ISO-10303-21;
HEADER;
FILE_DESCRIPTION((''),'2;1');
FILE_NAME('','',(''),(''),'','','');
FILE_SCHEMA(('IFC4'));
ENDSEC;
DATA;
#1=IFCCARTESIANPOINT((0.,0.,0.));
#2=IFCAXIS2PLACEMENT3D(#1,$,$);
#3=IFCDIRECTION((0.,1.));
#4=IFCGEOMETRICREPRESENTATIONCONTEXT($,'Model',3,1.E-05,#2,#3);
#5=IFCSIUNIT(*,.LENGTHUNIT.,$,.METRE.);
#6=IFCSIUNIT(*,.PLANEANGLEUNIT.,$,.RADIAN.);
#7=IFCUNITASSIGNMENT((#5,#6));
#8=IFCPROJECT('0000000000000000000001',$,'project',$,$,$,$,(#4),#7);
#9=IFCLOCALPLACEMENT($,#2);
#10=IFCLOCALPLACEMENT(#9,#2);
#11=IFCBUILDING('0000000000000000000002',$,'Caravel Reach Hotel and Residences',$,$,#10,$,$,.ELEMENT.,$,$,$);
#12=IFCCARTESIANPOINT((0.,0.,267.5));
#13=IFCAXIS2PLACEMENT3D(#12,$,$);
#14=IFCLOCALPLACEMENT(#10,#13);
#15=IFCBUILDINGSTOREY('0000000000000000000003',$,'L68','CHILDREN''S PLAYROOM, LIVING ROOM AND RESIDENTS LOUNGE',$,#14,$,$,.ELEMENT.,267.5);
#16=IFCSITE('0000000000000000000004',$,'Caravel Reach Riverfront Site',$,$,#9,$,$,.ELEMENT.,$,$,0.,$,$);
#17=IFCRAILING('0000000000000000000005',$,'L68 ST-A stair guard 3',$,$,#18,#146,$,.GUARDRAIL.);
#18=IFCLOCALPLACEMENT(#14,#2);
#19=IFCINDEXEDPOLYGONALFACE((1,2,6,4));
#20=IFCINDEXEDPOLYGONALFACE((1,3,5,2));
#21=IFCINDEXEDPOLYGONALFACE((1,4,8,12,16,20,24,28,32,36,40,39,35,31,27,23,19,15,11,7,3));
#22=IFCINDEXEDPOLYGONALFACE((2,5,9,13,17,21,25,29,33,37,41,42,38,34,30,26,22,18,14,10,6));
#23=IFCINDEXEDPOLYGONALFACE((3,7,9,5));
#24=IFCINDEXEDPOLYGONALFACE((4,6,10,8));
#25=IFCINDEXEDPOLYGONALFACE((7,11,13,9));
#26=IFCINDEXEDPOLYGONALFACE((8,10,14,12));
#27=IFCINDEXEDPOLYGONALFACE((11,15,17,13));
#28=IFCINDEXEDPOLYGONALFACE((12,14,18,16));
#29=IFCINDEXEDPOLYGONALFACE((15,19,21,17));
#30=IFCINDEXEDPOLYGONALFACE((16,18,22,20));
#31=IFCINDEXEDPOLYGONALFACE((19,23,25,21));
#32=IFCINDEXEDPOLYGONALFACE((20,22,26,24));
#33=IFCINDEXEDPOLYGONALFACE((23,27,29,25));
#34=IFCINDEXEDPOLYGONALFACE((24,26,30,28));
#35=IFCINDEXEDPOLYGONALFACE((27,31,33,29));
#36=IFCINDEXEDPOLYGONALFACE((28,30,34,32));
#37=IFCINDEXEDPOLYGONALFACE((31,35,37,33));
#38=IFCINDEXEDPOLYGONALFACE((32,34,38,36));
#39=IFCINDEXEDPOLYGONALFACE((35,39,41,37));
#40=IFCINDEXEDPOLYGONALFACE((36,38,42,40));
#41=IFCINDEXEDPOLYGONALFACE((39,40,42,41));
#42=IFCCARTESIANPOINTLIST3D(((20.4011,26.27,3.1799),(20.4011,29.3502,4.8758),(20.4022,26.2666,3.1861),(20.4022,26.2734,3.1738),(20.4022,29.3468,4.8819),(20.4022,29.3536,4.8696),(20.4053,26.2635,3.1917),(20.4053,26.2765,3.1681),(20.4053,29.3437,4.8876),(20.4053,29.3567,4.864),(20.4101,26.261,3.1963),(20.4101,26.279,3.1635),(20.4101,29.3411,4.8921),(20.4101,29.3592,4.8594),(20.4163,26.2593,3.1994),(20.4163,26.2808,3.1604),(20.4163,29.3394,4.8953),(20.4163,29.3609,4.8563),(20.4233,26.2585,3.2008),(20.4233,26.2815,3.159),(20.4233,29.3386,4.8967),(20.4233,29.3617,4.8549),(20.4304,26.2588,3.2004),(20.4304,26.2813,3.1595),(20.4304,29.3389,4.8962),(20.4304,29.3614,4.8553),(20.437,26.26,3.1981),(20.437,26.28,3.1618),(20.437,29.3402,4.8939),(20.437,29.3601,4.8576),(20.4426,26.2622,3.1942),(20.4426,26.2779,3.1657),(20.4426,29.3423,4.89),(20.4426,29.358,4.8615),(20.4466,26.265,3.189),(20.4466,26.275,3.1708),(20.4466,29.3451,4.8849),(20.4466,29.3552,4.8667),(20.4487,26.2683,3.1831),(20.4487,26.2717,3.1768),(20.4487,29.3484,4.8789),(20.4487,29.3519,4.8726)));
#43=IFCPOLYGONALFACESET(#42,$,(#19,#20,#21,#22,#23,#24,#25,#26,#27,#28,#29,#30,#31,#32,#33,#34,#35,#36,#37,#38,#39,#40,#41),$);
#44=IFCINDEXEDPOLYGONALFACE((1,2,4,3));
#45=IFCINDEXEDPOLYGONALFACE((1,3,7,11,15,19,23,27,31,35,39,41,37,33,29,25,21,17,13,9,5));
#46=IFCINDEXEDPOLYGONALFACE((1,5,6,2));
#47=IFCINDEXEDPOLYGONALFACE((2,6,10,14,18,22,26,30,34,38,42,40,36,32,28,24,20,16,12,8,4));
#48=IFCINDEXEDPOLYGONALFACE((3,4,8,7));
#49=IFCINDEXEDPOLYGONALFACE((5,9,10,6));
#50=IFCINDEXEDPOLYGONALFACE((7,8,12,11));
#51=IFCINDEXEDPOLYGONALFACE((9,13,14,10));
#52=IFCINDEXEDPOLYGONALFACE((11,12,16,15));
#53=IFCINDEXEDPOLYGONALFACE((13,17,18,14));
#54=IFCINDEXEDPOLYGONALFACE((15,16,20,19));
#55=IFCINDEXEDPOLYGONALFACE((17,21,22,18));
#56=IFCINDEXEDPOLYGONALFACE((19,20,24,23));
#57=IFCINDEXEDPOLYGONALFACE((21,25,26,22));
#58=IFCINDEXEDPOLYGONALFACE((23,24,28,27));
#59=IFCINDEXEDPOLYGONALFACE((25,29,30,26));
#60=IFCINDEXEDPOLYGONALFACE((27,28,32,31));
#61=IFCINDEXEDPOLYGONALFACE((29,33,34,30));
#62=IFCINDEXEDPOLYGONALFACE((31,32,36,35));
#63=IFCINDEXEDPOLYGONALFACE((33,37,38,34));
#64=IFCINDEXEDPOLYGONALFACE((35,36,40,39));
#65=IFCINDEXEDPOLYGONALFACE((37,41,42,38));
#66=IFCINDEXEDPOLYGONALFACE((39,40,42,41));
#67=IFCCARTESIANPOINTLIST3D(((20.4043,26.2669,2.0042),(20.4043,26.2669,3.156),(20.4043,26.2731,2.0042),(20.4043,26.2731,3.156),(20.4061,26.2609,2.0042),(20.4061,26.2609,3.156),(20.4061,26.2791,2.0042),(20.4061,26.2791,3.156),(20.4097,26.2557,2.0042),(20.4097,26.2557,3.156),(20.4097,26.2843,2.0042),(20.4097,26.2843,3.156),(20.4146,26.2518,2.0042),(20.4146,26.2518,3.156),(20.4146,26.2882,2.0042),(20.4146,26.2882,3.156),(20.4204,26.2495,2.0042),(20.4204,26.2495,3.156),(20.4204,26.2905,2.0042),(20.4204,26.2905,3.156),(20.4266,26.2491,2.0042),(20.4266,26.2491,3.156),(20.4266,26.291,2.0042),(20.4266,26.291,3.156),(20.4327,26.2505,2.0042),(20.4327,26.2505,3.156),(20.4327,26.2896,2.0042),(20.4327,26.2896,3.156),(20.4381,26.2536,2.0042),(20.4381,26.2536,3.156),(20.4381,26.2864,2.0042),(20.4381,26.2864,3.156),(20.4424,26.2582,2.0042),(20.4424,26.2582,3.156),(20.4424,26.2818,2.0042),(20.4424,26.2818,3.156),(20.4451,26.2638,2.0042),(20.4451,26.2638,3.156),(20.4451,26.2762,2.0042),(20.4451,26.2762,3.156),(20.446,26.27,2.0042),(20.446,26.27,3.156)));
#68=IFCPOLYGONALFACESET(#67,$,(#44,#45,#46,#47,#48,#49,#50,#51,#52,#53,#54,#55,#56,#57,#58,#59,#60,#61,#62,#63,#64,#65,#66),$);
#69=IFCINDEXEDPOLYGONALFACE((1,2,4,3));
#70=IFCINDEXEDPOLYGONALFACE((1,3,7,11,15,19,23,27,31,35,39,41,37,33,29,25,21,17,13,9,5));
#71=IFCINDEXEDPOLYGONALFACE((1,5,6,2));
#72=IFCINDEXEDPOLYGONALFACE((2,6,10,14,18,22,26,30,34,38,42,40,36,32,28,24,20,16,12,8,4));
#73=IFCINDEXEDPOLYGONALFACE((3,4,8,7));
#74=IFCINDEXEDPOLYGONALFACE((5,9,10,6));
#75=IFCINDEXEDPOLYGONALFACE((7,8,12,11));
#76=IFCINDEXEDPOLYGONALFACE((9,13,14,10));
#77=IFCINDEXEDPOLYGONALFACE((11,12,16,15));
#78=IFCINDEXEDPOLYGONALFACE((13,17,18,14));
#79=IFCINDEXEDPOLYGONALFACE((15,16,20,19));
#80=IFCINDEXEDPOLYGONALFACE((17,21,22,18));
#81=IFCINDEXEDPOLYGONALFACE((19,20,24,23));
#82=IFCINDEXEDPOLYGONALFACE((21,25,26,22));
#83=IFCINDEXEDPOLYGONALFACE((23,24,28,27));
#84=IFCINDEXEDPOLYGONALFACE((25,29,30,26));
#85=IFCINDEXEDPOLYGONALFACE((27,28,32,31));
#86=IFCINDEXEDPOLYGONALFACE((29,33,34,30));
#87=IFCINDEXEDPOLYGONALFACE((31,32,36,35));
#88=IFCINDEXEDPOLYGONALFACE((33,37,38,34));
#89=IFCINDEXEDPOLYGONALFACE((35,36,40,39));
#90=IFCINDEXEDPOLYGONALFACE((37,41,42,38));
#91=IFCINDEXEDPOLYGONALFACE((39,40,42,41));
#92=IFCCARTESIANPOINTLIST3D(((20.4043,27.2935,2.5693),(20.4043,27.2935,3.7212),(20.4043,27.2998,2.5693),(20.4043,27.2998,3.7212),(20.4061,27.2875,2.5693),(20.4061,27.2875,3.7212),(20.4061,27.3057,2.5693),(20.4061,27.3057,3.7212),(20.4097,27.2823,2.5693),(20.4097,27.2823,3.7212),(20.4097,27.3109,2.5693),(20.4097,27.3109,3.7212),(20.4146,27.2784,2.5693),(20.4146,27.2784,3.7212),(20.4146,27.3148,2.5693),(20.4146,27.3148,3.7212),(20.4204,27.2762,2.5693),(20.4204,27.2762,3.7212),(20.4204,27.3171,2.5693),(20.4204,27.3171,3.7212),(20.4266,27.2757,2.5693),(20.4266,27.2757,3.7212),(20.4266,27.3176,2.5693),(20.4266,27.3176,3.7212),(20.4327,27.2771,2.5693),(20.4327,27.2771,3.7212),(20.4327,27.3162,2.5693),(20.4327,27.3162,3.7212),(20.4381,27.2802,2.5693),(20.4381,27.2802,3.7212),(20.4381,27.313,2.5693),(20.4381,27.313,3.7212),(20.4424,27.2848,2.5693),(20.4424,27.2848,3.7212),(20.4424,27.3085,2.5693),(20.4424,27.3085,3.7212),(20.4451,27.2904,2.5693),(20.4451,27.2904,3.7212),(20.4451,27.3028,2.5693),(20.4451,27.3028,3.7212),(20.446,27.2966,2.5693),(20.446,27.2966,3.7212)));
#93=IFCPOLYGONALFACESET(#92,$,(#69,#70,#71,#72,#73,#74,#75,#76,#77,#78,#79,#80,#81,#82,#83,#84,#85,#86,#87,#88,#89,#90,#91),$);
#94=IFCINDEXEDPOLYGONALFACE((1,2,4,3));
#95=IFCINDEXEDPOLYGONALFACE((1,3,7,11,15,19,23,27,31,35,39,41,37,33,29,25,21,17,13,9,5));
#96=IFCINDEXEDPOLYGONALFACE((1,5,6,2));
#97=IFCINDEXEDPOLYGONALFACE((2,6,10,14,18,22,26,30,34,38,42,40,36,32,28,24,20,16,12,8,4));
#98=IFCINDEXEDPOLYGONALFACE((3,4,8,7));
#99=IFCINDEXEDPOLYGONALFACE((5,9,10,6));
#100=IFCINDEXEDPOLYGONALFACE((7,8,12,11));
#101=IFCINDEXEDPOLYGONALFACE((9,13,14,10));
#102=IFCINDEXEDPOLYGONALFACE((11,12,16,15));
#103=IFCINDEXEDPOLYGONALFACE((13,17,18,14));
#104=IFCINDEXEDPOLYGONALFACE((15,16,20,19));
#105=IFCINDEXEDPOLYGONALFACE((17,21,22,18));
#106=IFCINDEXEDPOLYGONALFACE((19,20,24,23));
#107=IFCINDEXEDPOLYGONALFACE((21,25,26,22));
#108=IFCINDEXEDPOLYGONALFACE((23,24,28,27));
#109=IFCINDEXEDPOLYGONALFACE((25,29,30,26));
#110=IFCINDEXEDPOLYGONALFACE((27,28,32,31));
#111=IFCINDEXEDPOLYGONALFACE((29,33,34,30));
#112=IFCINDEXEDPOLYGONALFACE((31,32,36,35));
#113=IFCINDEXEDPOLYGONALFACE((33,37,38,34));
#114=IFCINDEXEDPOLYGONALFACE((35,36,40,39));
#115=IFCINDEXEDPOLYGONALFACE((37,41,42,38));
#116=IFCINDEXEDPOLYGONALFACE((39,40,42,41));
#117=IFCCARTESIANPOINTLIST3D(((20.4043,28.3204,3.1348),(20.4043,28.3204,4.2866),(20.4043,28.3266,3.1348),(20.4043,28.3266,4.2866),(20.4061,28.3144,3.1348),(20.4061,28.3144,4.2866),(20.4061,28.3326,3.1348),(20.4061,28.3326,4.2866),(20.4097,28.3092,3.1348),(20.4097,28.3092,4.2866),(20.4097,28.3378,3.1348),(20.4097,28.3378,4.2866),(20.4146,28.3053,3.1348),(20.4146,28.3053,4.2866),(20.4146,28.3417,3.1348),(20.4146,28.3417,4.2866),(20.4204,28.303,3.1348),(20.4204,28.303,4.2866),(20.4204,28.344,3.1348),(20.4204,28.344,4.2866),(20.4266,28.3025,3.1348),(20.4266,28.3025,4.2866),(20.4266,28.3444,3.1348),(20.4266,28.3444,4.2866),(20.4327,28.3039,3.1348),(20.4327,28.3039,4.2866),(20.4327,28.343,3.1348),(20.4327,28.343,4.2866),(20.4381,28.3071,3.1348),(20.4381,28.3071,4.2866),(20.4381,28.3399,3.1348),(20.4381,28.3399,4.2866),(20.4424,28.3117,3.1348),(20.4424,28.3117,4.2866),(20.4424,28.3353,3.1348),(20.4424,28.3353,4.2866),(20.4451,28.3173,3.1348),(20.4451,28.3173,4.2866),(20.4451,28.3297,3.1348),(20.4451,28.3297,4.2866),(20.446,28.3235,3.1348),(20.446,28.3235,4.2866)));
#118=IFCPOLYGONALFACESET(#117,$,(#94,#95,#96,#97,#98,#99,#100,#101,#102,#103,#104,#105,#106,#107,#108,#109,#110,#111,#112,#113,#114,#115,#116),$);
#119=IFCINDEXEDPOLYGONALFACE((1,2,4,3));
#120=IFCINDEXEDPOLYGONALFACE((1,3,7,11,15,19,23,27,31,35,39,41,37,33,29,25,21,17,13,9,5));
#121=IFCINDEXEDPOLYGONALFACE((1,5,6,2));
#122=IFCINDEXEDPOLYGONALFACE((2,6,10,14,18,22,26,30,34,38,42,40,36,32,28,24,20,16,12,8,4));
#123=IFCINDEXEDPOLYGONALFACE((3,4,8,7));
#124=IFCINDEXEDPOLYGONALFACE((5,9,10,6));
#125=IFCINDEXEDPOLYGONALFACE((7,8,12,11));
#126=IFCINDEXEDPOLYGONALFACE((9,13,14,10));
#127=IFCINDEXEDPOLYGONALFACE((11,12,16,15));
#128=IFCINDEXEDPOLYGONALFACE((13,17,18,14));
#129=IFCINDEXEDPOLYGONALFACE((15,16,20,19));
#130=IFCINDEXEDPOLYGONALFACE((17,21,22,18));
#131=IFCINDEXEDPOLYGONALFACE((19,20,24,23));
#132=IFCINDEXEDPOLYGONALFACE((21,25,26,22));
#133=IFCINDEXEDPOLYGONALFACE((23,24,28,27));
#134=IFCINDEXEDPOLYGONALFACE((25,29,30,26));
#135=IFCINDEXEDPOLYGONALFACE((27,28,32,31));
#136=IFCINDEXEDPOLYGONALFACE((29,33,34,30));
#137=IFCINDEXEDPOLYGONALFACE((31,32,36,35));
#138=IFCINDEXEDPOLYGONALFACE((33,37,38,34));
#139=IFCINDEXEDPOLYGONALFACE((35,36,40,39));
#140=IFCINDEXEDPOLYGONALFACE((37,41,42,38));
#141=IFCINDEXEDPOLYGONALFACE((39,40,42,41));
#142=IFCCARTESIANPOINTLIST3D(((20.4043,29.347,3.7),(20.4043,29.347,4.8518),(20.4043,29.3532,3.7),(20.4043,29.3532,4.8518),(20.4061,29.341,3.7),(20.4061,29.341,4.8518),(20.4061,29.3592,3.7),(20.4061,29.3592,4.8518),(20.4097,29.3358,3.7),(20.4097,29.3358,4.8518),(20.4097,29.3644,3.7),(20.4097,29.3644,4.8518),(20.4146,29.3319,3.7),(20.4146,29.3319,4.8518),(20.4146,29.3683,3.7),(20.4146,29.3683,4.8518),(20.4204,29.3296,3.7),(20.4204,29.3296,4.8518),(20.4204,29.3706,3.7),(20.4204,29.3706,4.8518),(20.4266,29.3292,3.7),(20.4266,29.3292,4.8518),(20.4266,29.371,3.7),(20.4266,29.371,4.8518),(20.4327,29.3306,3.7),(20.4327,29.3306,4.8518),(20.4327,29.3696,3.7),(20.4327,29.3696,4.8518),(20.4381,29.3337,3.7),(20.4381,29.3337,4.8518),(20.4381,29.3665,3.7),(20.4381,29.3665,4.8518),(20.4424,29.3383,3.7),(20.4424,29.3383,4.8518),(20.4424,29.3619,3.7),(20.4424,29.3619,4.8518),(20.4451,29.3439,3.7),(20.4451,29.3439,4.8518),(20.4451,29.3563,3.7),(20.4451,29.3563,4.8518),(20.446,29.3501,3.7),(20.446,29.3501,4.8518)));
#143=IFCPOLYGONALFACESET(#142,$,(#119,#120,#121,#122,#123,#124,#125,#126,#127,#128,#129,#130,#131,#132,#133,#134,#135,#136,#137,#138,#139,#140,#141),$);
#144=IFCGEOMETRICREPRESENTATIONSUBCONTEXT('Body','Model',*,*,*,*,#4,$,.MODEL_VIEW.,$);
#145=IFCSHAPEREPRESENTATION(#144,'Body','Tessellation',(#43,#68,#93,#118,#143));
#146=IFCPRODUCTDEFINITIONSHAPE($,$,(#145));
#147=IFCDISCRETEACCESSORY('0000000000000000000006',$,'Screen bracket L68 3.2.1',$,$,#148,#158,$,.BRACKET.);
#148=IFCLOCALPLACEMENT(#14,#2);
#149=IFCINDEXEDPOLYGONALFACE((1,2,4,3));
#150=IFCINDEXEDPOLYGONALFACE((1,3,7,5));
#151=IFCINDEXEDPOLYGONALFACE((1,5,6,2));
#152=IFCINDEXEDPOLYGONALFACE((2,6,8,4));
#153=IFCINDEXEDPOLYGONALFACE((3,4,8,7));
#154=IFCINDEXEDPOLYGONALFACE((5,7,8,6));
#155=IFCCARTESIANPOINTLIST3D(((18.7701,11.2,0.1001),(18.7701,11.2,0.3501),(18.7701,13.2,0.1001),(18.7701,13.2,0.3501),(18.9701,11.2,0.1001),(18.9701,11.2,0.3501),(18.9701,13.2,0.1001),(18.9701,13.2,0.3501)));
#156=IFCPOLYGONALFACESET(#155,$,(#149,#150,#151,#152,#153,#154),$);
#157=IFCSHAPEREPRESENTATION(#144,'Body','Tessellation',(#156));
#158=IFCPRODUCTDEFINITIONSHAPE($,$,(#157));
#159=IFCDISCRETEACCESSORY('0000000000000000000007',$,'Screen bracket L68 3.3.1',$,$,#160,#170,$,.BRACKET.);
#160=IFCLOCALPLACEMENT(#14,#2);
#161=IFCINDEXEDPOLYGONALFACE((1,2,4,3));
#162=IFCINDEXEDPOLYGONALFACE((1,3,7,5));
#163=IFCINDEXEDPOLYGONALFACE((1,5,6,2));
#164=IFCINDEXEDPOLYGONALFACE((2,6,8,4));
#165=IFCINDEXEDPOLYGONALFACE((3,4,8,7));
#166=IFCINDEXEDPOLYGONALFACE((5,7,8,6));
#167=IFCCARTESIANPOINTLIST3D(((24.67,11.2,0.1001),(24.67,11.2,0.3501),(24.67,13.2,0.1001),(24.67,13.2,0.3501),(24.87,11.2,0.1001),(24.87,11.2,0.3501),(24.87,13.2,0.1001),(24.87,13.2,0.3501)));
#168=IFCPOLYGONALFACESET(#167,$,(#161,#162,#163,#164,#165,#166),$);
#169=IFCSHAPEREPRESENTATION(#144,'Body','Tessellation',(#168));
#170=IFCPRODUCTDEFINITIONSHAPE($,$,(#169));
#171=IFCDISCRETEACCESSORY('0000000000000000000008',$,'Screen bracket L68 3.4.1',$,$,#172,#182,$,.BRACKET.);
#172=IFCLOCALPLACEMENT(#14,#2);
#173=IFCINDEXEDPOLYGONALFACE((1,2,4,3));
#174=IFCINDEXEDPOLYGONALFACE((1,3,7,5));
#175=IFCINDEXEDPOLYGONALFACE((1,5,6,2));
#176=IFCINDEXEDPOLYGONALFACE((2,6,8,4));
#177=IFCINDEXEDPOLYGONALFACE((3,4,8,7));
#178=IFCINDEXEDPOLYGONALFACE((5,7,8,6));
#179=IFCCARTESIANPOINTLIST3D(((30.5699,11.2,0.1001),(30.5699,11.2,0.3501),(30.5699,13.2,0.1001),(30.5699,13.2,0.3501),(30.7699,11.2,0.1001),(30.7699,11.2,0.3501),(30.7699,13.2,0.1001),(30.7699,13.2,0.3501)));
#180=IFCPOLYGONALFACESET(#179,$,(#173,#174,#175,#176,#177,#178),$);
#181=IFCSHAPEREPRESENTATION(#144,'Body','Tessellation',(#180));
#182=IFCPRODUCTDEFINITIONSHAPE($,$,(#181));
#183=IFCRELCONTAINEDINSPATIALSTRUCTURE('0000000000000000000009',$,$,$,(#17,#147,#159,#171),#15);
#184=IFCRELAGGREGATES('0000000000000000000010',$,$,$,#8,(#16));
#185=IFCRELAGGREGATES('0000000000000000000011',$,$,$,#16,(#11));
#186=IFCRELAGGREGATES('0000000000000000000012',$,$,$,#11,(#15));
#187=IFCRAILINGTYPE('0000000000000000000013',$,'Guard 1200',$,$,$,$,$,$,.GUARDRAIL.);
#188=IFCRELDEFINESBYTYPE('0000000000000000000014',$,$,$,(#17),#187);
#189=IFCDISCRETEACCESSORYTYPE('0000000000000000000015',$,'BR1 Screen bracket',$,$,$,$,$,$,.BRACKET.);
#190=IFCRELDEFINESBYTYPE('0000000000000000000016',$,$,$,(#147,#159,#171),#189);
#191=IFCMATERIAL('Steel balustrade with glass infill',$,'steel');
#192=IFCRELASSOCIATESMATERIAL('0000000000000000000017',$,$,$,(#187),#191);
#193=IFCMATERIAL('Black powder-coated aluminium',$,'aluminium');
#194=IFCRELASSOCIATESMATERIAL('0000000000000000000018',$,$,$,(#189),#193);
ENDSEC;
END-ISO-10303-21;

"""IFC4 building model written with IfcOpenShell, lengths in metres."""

from ifc_helpers import new_model, si_unit, direction, frame, origin, origin_2d, place, context, subcontext, project, spatial, rectangle, circle, extrude, material, type_object, element, save


model = new_model("IFC4")

# Units and contexts
model_context = context("Model", 3, precision=1e-05, world=origin(), true_north=direction((0.0, 1.0)))
body_context = subcontext(model_context, "Body", "Model", "MODEL_VIEW")
ifc_project = project(units=[si_unit("LENGTHUNIT", "METRE"), si_unit("PLANEANGLEUNIT", "RADIAN")], contexts=[model_context])

# Site, building, storey
site_placement = place(None, origin())
site = spatial("IfcSite", under=ifc_project, at=site_placement, Name="Caravel Reach Riverfront Site", CompositionType="ELEMENT", RefElevation=0.0)
building_placement = place(site_placement, origin())
building = spatial("IfcBuilding", under=site, at=building_placement, Name="Caravel Reach Hotel and Residences", CompositionType="ELEMENT")
storey_placement = place(building_placement, frame((0.0, 0.0, 267.5)))
storey = spatial("IfcBuildingStorey", under=building, at=storey_placement, Name="L68", Description="CHILDREN'S PLAYROOM, LIVING ROOM AND RESIDENTS LOUNGE", CompositionType="ELEMENT", Elevation=267.5)

# Railing
ifc_material_1 = material(Name="Steel balustrade with glass infill", Category="steel")
railing_type = type_object("IfcRailingType", Name="Guard 1200", PredefinedType="GUARDRAIL", material=ifc_material_1)
railing_1_placement = place(storey_placement, frame((20.425, 26.27, 2.0042)))
element("IfcRailing", 1, at=railing_1_placement, inside=storey, type_object=railing_type, Name="L68 ST-A stair guard 3", PredefinedType="GUARDRAIL", context=body_context, shape_type="SweptSolid", body=[
    extrude(circle(Radius=0.0239, at=origin_2d()), frame((0.0, 0.0, 1.1758), z_axis=(0.0, 0.876005, 0.482303), x_axis=(-1.0, 0.0, 0.0)), (0.0, 0.0, 1.0), 3.5161),
    extrude(circle(Radius=0.021, at=origin_2d()), origin(), (0.0, 0.0, 1.0), 1.1519),
    extrude(circle(Radius=0.021, at=origin_2d()), frame((0.0, 1.0266, 0.5652)), (0.0, 0.0, 1.0), 1.1519),
    extrude(circle(Radius=0.021, at=origin_2d()), frame((0.0, 2.0535, 1.1306)), (0.0, 0.0, 1.0), 1.1519),
    extrude(circle(Radius=0.021, at=origin_2d()), frame((0.0, 3.0801, 1.6958)), (0.0, 0.0, 1.0), 1.1519),
])

# Discrete accessories
ifc_material_2 = material(Name="Black powder-coated aluminium", Category="aluminium")
discrete_accessory_type = type_object("IfcDiscreteAccessoryType", Name="BR1 Screen bracket", PredefinedType="BRACKET", material=ifc_material_2)
for number, where, z_axis, x_axis, name in (
    (2, (18.8701, 12.2, 0.1001), (0.0, 0.0, 1.0), (0.0, -1.0, 0.0), "Screen bracket L68 3.2.1"),
    (3, (24.77, 12.2, 0.1001), (0.0, 0.0, 1.0), (0.0, -1.0, 0.0), "Screen bracket L68 3.3.1"),
    (4, (30.6699, 12.2, 0.1001), (0.0, 0.0, 1.0), (0.0, -1.0, 0.0), "Screen bracket L68 3.4.1"),
):
    element("IfcDiscreteAccessory", number, at=place(storey_placement, frame(where, z_axis=z_axis, x_axis=x_axis)), inside=storey, type_object=discrete_accessory_type, Name=name, PredefinedType="BRACKET", context=body_context, shape_type="SweptSolid", body=[
        extrude(rectangle(XDim=2.0, YDim=0.2, at=origin_2d()), origin(), (0.0, 0.0, 1.0), 0.25),
    ])

save(model, "model.ifc")
